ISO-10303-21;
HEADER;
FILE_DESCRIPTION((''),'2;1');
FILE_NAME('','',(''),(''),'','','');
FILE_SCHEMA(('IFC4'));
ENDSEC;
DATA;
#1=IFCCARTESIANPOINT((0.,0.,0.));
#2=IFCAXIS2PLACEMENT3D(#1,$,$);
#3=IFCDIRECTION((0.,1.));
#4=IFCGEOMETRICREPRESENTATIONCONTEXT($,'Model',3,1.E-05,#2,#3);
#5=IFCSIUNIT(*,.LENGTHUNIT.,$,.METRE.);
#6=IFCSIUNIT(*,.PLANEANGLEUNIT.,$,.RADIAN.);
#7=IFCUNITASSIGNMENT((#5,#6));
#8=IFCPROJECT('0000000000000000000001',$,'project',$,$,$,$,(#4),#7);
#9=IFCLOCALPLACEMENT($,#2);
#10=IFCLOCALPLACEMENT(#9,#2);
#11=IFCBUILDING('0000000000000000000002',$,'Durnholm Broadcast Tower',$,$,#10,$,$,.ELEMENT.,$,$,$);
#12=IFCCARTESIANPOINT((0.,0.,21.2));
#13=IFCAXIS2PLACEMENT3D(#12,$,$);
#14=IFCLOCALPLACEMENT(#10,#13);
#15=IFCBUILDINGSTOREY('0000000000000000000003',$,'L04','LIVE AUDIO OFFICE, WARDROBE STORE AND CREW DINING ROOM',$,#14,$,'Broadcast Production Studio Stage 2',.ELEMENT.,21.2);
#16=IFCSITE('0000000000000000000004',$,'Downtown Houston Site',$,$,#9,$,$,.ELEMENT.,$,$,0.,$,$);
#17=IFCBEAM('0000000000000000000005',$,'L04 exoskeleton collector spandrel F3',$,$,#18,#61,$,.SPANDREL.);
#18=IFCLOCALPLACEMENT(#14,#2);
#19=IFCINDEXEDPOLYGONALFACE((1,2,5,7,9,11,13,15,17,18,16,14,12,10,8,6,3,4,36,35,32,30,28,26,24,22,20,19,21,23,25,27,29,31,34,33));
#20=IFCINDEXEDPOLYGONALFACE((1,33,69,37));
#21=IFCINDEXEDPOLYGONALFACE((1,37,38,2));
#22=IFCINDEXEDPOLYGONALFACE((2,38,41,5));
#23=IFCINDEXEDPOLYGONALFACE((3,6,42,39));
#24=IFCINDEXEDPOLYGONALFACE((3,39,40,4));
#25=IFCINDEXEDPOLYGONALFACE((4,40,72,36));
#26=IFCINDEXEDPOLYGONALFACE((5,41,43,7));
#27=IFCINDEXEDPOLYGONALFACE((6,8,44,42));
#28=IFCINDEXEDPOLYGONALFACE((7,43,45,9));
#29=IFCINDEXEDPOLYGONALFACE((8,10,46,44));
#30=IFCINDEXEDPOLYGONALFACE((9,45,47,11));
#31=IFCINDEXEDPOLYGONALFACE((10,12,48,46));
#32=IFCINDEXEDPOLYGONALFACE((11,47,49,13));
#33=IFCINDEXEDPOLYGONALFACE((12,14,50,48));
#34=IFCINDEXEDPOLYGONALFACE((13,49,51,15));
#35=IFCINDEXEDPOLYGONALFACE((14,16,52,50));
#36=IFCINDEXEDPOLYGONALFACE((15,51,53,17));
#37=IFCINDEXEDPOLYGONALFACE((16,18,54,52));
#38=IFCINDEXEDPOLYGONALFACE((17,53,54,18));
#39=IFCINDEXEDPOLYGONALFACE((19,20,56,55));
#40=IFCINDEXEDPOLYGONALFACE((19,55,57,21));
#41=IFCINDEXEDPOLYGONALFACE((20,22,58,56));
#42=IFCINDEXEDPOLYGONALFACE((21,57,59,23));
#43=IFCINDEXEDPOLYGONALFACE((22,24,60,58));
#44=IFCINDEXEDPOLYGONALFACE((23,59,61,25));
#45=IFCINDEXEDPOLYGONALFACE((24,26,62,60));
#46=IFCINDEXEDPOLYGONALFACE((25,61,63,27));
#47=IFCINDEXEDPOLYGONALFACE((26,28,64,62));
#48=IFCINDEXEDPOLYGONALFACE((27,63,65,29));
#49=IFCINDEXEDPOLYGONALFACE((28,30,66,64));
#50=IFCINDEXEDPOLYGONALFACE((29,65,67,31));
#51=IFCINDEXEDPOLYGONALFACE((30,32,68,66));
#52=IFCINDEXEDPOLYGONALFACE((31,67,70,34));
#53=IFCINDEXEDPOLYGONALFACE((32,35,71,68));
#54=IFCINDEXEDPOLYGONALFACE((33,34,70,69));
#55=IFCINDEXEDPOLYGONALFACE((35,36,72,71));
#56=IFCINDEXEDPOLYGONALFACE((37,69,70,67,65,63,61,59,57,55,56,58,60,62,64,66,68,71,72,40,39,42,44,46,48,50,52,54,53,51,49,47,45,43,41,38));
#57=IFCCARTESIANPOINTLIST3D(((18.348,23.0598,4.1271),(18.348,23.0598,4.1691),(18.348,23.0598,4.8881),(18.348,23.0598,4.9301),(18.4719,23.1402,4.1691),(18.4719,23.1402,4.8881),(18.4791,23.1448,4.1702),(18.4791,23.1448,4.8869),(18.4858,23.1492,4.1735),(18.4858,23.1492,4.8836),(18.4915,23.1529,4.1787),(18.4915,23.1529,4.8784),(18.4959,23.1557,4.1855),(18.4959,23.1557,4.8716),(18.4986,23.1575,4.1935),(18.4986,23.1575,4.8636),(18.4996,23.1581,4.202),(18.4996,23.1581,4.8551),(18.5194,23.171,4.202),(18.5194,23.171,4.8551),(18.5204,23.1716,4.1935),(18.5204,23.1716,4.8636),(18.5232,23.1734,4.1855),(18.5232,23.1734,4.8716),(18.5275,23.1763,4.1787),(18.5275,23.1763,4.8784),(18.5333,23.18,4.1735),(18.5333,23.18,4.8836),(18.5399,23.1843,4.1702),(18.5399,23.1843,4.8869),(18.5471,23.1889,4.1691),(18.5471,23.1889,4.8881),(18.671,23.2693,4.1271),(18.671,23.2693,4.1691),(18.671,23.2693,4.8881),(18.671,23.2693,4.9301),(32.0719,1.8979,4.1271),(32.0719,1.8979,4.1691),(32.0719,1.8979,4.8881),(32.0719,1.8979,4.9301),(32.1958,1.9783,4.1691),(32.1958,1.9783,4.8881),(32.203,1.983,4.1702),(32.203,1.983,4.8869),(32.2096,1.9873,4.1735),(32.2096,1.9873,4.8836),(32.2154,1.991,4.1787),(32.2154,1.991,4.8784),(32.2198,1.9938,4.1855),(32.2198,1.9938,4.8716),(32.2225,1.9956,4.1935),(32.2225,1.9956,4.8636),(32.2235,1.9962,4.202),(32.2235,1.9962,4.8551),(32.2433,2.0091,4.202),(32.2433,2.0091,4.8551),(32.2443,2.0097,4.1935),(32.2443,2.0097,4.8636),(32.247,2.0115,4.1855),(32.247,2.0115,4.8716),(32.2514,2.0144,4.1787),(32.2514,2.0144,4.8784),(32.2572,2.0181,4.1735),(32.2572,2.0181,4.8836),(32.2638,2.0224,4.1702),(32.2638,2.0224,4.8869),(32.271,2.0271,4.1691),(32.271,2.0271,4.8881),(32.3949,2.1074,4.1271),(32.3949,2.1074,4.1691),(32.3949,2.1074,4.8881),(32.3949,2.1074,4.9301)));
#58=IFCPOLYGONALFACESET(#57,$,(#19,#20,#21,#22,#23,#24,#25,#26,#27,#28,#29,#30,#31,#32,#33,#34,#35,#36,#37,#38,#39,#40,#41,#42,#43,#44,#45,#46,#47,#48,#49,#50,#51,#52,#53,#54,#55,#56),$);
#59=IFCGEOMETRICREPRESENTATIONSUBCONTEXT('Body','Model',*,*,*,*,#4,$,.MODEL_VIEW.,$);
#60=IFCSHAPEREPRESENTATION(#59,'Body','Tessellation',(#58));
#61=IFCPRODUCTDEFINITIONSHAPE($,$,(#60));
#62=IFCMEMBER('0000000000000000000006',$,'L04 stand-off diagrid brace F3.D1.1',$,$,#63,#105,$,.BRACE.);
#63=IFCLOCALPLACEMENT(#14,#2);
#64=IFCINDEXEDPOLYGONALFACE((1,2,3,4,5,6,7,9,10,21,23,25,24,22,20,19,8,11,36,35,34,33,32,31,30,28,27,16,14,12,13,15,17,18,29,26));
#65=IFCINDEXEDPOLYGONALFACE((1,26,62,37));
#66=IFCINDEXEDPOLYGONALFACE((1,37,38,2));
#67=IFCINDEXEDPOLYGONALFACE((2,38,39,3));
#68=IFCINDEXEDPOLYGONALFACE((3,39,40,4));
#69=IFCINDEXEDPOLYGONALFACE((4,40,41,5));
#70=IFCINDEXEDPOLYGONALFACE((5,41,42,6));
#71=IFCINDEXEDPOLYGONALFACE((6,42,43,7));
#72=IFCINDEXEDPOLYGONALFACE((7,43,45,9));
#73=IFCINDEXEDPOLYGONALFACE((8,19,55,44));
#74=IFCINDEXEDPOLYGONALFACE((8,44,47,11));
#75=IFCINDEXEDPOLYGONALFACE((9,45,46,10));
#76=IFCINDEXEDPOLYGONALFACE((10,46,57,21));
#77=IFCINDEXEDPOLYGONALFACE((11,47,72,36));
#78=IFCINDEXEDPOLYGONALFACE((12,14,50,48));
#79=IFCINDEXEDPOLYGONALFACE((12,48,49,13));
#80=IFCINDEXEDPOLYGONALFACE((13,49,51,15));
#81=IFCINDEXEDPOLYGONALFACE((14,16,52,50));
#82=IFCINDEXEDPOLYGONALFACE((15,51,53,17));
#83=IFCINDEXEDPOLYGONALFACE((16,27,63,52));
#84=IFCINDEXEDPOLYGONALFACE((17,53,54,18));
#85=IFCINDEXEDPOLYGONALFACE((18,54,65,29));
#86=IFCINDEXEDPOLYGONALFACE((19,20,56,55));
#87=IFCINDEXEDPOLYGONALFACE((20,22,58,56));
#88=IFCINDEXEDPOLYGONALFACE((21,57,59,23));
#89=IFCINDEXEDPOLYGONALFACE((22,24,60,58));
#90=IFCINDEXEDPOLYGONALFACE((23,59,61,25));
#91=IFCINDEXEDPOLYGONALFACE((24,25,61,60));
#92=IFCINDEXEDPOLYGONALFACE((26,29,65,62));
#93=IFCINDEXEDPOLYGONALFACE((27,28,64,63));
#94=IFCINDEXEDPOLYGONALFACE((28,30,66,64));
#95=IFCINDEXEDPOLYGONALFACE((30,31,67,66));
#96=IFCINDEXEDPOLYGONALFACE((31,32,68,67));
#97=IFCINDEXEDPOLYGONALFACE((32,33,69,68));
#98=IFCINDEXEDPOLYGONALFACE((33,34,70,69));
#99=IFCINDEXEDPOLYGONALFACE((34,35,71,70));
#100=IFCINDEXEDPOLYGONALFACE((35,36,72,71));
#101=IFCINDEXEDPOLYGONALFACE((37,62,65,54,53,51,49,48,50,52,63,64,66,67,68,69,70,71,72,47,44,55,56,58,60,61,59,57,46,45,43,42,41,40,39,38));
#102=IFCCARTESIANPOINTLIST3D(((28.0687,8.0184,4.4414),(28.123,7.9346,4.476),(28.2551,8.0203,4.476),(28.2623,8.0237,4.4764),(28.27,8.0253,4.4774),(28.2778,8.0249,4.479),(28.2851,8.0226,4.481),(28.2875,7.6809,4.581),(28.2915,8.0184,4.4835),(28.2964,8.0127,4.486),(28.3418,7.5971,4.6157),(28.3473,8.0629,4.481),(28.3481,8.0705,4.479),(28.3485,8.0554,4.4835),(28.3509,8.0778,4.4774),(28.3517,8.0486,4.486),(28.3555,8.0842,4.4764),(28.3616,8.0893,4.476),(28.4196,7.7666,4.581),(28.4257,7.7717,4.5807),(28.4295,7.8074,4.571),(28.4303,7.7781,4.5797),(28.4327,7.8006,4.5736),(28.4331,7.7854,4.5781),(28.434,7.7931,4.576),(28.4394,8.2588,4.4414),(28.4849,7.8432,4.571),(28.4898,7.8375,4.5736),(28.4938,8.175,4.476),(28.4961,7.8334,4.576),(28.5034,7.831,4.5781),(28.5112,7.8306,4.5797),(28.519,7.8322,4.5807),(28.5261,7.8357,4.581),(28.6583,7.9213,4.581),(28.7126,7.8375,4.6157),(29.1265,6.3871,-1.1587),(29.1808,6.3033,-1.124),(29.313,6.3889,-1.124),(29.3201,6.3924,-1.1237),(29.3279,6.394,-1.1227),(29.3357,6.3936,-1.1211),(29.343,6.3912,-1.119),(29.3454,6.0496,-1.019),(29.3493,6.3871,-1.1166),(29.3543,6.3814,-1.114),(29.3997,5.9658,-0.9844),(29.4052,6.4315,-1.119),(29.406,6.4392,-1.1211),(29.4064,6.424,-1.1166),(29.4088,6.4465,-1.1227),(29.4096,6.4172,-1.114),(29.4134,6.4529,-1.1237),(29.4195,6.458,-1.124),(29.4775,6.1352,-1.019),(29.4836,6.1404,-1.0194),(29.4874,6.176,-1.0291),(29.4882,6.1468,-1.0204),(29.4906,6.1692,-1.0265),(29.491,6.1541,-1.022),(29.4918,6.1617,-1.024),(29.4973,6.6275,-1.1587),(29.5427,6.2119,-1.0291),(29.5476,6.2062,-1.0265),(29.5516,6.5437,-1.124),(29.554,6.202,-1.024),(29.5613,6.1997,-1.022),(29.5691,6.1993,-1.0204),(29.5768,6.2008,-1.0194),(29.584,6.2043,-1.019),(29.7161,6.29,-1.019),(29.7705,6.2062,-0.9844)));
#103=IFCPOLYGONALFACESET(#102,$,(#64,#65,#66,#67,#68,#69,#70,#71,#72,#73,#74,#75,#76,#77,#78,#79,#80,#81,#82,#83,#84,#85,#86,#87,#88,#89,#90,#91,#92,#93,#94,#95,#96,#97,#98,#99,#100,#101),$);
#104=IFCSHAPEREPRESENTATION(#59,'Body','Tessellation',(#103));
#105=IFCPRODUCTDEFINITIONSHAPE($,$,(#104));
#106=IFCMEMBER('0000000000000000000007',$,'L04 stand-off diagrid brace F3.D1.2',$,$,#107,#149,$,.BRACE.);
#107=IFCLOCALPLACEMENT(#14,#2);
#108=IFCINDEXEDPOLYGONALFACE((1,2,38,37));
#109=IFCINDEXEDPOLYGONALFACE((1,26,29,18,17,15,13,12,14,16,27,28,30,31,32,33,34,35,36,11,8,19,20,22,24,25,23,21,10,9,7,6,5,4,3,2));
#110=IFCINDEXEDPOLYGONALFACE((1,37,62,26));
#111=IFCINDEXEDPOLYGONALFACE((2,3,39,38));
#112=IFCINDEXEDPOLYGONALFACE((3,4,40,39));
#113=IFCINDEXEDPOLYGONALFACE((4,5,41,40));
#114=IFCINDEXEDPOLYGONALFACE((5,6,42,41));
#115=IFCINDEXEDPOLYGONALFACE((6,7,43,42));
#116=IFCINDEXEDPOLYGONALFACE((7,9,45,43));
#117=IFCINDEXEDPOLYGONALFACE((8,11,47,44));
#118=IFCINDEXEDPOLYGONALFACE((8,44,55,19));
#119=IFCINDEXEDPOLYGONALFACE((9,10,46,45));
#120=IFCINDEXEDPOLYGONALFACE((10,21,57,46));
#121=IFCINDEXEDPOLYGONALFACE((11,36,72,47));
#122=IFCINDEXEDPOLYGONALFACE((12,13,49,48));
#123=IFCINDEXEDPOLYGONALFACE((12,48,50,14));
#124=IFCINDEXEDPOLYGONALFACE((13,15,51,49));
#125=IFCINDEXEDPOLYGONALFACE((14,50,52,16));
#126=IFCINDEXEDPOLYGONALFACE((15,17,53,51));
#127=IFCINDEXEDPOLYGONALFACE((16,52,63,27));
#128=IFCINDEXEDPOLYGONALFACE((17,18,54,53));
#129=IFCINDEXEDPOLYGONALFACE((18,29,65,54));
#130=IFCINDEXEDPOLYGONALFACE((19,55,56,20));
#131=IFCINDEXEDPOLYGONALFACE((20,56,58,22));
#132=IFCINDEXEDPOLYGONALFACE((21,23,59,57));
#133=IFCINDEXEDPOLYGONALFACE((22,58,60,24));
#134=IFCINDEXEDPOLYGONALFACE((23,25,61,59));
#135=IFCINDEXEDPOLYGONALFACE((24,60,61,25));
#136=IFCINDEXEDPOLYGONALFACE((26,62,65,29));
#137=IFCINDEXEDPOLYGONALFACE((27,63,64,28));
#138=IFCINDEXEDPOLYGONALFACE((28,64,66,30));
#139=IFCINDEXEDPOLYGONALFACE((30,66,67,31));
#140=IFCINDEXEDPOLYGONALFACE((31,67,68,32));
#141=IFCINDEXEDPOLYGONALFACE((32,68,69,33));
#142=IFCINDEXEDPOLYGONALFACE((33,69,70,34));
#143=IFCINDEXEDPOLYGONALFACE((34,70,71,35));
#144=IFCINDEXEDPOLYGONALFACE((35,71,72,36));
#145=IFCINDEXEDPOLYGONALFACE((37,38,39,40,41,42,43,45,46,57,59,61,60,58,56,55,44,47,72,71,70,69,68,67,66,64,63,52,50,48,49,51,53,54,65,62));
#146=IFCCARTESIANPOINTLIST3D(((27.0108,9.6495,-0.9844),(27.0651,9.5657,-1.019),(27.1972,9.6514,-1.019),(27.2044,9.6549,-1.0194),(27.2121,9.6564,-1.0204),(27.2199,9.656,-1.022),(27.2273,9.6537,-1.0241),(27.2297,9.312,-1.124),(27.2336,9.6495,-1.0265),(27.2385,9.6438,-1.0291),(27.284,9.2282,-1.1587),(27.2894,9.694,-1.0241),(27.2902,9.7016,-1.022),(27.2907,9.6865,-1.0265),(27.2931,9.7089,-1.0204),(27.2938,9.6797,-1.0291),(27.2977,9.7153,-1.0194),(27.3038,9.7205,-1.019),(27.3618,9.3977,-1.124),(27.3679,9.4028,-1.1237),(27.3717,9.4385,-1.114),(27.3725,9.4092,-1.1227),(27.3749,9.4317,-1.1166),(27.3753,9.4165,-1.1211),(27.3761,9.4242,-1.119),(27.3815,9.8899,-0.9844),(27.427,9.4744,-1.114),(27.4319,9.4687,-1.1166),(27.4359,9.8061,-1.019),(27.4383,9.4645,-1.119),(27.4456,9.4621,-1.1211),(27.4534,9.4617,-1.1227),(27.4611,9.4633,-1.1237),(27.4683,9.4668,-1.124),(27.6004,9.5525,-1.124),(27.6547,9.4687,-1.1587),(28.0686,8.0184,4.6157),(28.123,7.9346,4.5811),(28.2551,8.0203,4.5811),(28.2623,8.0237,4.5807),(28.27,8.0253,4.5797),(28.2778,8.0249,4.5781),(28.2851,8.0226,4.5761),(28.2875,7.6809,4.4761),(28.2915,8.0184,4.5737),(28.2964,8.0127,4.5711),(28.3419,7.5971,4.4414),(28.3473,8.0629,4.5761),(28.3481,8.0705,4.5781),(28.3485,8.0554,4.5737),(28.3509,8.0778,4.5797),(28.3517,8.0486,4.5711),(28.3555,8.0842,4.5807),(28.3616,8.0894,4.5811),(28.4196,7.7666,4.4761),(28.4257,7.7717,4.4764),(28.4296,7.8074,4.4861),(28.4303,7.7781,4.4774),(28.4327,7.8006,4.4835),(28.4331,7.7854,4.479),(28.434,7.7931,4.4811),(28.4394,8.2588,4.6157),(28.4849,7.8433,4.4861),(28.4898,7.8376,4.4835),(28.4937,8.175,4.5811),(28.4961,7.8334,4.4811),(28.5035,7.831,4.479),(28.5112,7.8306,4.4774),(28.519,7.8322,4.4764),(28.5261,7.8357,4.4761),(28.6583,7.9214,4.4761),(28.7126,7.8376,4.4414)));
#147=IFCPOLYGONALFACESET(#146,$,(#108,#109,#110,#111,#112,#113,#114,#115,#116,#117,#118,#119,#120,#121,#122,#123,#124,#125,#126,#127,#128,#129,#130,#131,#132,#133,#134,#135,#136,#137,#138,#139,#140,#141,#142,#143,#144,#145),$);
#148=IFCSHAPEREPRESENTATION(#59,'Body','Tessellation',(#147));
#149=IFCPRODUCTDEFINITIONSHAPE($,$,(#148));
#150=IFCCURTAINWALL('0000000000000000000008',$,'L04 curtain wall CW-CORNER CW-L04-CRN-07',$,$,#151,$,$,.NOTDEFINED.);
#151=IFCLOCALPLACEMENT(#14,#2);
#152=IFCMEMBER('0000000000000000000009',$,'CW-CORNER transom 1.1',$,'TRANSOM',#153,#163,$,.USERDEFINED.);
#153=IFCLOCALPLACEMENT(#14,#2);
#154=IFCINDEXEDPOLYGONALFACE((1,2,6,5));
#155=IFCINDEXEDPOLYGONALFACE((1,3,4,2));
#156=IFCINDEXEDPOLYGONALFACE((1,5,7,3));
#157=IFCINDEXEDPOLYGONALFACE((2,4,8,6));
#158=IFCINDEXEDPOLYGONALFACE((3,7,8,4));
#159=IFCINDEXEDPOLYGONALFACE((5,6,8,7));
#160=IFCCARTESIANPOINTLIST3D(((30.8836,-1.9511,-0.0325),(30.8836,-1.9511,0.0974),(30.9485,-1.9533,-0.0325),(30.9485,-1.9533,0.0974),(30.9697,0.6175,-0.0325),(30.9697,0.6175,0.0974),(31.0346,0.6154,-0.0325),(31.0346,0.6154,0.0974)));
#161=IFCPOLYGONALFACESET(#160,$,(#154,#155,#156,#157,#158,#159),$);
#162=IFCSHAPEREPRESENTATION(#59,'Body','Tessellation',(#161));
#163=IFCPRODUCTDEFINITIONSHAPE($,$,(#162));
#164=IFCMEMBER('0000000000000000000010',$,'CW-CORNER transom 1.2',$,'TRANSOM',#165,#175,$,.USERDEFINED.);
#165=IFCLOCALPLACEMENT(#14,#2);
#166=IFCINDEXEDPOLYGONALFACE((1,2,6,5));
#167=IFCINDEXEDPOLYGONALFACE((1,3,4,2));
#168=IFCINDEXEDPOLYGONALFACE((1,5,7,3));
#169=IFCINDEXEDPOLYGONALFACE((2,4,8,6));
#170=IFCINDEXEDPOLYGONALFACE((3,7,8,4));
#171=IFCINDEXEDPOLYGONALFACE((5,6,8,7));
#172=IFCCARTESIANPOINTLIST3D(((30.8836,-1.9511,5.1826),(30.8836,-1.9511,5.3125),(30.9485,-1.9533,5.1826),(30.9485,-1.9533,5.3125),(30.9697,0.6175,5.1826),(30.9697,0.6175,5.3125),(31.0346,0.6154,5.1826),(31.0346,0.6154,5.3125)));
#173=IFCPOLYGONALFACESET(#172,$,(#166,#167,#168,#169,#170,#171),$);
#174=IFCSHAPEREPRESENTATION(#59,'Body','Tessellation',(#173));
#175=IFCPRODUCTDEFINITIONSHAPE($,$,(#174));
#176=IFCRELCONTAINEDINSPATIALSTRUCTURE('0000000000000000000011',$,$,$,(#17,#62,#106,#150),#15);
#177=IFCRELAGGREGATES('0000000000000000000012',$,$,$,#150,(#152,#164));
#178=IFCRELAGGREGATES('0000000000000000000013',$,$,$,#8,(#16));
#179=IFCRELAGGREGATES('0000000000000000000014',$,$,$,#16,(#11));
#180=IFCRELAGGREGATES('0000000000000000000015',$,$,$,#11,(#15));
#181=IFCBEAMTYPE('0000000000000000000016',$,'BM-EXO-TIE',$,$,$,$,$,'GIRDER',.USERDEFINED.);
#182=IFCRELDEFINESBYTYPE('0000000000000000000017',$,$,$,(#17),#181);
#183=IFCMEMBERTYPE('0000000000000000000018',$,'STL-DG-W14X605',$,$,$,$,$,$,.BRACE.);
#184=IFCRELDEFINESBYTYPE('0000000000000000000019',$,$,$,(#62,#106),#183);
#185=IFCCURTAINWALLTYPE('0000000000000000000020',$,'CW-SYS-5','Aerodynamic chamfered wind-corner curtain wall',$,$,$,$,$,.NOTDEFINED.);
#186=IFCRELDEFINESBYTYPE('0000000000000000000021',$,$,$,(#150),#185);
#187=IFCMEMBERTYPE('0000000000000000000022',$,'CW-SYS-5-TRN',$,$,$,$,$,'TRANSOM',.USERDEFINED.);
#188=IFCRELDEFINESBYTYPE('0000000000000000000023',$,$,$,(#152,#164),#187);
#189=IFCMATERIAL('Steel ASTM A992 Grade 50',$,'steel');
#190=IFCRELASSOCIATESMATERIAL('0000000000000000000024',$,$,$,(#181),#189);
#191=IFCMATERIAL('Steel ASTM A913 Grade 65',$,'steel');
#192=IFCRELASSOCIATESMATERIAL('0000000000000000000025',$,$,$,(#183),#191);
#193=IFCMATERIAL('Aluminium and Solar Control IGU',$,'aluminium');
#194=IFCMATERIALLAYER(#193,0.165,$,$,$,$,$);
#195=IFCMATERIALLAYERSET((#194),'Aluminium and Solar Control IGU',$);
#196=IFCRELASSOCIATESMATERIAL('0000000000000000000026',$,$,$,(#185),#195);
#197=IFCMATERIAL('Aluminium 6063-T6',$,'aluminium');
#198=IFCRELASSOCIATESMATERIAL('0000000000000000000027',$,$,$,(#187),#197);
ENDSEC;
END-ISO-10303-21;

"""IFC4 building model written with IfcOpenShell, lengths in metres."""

from ifc_helpers import new_model, si_unit, direction, frame, origin, origin_2d, place, context, subcontext, project, spatial, rectangle, i_section, extrude, source, transform, mapped, material, layer, layer_set, material_profile, profile_set, type_object, type_shapes, element, aggregate, save


model = new_model("IFC4")

# Units and contexts
model_context = context("Model", 3, precision=1e-05, world=origin(), true_north=direction((0.0, 1.0)))
body_context = subcontext(model_context, "Body", "Model", "MODEL_VIEW")
ifc_project = project(units=[si_unit("LENGTHUNIT", "METRE"), si_unit("PLANEANGLEUNIT", "RADIAN")], contexts=[model_context])

# Site, building, storey
site_placement = place(None, origin())
site = spatial("IfcSite", under=ifc_project, at=site_placement, Name="Downtown Houston Site", CompositionType="ELEMENT", RefElevation=0.0)
building_placement = place(site_placement, origin())
building = spatial("IfcBuilding", under=site, at=building_placement, Name="Durnholm Broadcast Tower", CompositionType="ELEMENT")
storey_placement = place(building_placement, frame((0.0, 0.0, 21.2)))
storey = spatial("IfcBuildingStorey", under=building, at=storey_placement, Name="L04", Description="LIVE AUDIO OFFICE, WARDROBE STORE AND CREW DINING ROOM", LongName="Broadcast Production Studio Stage 2", CompositionType="ELEMENT", Elevation=21.2)

# Shared definitions
ifc_material_1 = material(Name="Steel ASTM A913 Grade 65", Category="steel")

# Beam
ifc_material_2 = material(Name="Steel ASTM A992 Grade 50", Category="steel")
ifc_material_profile_1 = material_profile(ifc_material_2, i_section(OverallWidth=0.385, OverallDepth=0.803, WebThickness=0.0237, FlangeThickness=0.042, FilletRadius=0.033, at=origin_2d()), Name="W30X261")
ifc_profile_set_1 = profile_set([ifc_material_profile_1], Name="Steel ASTM A992 Grade 50")
beam_type_1 = type_object("IfcBeamType", Name="BM-EXO-TIE", ElementType="GIRDER", PredefinedType="USERDEFINED", material=ifc_profile_set_1)
shared_shape_1 = source(origin(), body_context, "Body", "SweptSolid", [
    extrude(i_section(OverallWidth=0.385, OverallDepth=0.803, WebThickness=0.0237, FlangeThickness=0.042, FilletRadius=0.033, at=origin_2d()), origin(), (0.0, 0.0, 1.0), 25.2224),
])
beam_1_placement = place(storey_placement, frame((32.2334, 2.0027, 4.5286), z_axis=(-0.544115, 0.839011, 0.0), x_axis=(-0.839011, -0.544115, 0.0)))
element("IfcBeam", 1, at=beam_1_placement, inside=storey, type_object=beam_type_1, Name="L04 exoskeleton collector spandrel F3", PredefinedType="SPANDREL", context=body_context, shape_type="MappedRepresentation", body=[
    mapped(shared_shape_1, transform((0.0, 0.0, 0.0), x_axis=(1.0, 0.0, 0.0), y_axis=(0.0, 1.0, 0.0), z_axis=(0.0, 0.0, 1.0), scale=1.0)),
])

# Members
ifc_material_profile_2 = material_profile(ifc_material_1, i_section(OverallWidth=0.4419, OverallDepth=0.5315, WebThickness=0.0659, FlangeThickness=0.1057, FilletRadius=0.0305, at=origin_2d()), Name="W14X605")
ifc_profile_set_2 = profile_set([ifc_material_profile_2], Name="Steel ASTM A913 Grade 65")
member_type_1 = type_object("IfcMemberType", Name="STL-DG-W14X605", PredefinedType="BRACE", material=ifc_profile_set_2)
shared_shape_2 = source(origin(), body_context, "Body", "SweptSolid", [
    extrude(i_section(OverallWidth=0.4419, OverallDepth=0.5315, WebThickness=0.0659, FlangeThickness=0.1057, FilletRadius=0.0305, at=origin_2d()), origin(), (0.0, 0.0, 1.0), 5.928),
])
type_shapes(member_type_1, [shared_shape_2])
for number, where, z_axis, x_axis, name in (
    (2, (29.4485, 6.2966, -1.0715), (-0.178451, 0.275193, 0.944682), (-0.839034, -0.544079, 0.0), "L04 stand-off diagrid brace F3.D1.1"),
    (3, (27.3328, 9.5591, -1.0715), (0.178453, -0.275154, 0.944693), (0.838997, 0.544136, 0.0), "L04 stand-off diagrid brace F3.D1.2"),
):
    element("IfcMember", number, at=place(storey_placement, frame(where, z_axis=z_axis, x_axis=x_axis)), inside=storey, type_object=member_type_1, Name=name, PredefinedType="BRACE", context=body_context, shape_type="MappedRepresentation", body=[
        mapped(shared_shape_2, transform((0.0, 0.0, 0.0), x_axis=(1.0, 0.0, 0.0), y_axis=(0.0, 1.0, 0.0), z_axis=(0.0, 0.0, 1.0), scale=1.0)),
    ])

# Curtain wall, members
ifc_material_3 = material(Name="Aluminium and Solar Control IGU", Category="aluminium")
ifc_layer_1 = layer(ifc_material_3, 0.165)
ifc_layer_set_1 = layer_set([ifc_layer_1], Name="Aluminium and Solar Control IGU")
curtain_wall_type_1 = type_object("IfcCurtainWallType", Name="CW-SYS-5", Description="Aerodynamic chamfered wind-corner curtain wall", PredefinedType="NOTDEFINED", material=ifc_layer_set_1)
curtain_wall_1_placement = place(storey_placement, origin())
curtain_wall_1 = element("IfcCurtainWall", 4, at=curtain_wall_1_placement, inside=storey, type_object=curtain_wall_type_1, Name="L04 curtain wall CW-CORNER CW-L04-CRN-07", PredefinedType="NOTDEFINED")
ifc_material_4 = material(Name="Aluminium 6063-T6", Category="aluminium")
ifc_material_profile_3 = material_profile(ifc_material_4, rectangle(XDim=0.0649, YDim=0.1299, at=origin_2d()), Name="CWT65X130")
ifc_profile_set_3 = profile_set([ifc_material_profile_3], Name="Aluminium 6063-T6")
member_type_2 = type_object("IfcMemberType", Name="CW-SYS-5-TRN", ElementType="TRANSOM", PredefinedType="USERDEFINED", material=ifc_profile_set_3)
shared_shape_3 = source(origin(), body_context, "Body", "SweptSolid", [
    extrude(rectangle(XDim=0.0649, YDim=0.1299, at=origin_2d()), origin(), (0.0, 0.0, 1.0), 2.5701),
])
type_shapes(member_type_2, [shared_shape_3])
member_1_placement = place(storey_placement, frame((31.0022, 0.6165, 0.0325), z_axis=(-0.033533, -0.999438, 0.0), x_axis=(0.999438, -0.033533, 0.0)))
member_1 = element("IfcMember", 5, at=member_1_placement, type_object=member_type_2, Name="CW-CORNER transom 1.1", ObjectType="TRANSOM", PredefinedType="USERDEFINED", context=body_context, shape_type="MappedRepresentation", body=[
    mapped(shared_shape_3, transform((0.0, 0.0, 0.0), x_axis=(1.0, 0.0, 0.0), y_axis=(0.0, 1.0, 0.0), z_axis=(0.0, 0.0, 1.0), scale=1.0)),
])
member_2_placement = place(storey_placement, frame((31.0022, 0.6165, 5.2476), z_axis=(-0.033533, -0.999438, 0.0), x_axis=(0.999438, -0.033533, 0.0)))
member_2 = element("IfcMember", 6, at=member_2_placement, type_object=member_type_2, Name="CW-CORNER transom 1.2", ObjectType="TRANSOM", PredefinedType="USERDEFINED", context=body_context, shape_type="MappedRepresentation", body=[
    mapped(shared_shape_3, transform((0.0, 0.0, 0.0), x_axis=(1.0, 0.0, 0.0), y_axis=(0.0, 1.0, 0.0), z_axis=(0.0, 0.0, 1.0), scale=1.0)),
])

aggregate(curtain_wall_1, [member_1, member_2])

save(model, "model.ifc")
